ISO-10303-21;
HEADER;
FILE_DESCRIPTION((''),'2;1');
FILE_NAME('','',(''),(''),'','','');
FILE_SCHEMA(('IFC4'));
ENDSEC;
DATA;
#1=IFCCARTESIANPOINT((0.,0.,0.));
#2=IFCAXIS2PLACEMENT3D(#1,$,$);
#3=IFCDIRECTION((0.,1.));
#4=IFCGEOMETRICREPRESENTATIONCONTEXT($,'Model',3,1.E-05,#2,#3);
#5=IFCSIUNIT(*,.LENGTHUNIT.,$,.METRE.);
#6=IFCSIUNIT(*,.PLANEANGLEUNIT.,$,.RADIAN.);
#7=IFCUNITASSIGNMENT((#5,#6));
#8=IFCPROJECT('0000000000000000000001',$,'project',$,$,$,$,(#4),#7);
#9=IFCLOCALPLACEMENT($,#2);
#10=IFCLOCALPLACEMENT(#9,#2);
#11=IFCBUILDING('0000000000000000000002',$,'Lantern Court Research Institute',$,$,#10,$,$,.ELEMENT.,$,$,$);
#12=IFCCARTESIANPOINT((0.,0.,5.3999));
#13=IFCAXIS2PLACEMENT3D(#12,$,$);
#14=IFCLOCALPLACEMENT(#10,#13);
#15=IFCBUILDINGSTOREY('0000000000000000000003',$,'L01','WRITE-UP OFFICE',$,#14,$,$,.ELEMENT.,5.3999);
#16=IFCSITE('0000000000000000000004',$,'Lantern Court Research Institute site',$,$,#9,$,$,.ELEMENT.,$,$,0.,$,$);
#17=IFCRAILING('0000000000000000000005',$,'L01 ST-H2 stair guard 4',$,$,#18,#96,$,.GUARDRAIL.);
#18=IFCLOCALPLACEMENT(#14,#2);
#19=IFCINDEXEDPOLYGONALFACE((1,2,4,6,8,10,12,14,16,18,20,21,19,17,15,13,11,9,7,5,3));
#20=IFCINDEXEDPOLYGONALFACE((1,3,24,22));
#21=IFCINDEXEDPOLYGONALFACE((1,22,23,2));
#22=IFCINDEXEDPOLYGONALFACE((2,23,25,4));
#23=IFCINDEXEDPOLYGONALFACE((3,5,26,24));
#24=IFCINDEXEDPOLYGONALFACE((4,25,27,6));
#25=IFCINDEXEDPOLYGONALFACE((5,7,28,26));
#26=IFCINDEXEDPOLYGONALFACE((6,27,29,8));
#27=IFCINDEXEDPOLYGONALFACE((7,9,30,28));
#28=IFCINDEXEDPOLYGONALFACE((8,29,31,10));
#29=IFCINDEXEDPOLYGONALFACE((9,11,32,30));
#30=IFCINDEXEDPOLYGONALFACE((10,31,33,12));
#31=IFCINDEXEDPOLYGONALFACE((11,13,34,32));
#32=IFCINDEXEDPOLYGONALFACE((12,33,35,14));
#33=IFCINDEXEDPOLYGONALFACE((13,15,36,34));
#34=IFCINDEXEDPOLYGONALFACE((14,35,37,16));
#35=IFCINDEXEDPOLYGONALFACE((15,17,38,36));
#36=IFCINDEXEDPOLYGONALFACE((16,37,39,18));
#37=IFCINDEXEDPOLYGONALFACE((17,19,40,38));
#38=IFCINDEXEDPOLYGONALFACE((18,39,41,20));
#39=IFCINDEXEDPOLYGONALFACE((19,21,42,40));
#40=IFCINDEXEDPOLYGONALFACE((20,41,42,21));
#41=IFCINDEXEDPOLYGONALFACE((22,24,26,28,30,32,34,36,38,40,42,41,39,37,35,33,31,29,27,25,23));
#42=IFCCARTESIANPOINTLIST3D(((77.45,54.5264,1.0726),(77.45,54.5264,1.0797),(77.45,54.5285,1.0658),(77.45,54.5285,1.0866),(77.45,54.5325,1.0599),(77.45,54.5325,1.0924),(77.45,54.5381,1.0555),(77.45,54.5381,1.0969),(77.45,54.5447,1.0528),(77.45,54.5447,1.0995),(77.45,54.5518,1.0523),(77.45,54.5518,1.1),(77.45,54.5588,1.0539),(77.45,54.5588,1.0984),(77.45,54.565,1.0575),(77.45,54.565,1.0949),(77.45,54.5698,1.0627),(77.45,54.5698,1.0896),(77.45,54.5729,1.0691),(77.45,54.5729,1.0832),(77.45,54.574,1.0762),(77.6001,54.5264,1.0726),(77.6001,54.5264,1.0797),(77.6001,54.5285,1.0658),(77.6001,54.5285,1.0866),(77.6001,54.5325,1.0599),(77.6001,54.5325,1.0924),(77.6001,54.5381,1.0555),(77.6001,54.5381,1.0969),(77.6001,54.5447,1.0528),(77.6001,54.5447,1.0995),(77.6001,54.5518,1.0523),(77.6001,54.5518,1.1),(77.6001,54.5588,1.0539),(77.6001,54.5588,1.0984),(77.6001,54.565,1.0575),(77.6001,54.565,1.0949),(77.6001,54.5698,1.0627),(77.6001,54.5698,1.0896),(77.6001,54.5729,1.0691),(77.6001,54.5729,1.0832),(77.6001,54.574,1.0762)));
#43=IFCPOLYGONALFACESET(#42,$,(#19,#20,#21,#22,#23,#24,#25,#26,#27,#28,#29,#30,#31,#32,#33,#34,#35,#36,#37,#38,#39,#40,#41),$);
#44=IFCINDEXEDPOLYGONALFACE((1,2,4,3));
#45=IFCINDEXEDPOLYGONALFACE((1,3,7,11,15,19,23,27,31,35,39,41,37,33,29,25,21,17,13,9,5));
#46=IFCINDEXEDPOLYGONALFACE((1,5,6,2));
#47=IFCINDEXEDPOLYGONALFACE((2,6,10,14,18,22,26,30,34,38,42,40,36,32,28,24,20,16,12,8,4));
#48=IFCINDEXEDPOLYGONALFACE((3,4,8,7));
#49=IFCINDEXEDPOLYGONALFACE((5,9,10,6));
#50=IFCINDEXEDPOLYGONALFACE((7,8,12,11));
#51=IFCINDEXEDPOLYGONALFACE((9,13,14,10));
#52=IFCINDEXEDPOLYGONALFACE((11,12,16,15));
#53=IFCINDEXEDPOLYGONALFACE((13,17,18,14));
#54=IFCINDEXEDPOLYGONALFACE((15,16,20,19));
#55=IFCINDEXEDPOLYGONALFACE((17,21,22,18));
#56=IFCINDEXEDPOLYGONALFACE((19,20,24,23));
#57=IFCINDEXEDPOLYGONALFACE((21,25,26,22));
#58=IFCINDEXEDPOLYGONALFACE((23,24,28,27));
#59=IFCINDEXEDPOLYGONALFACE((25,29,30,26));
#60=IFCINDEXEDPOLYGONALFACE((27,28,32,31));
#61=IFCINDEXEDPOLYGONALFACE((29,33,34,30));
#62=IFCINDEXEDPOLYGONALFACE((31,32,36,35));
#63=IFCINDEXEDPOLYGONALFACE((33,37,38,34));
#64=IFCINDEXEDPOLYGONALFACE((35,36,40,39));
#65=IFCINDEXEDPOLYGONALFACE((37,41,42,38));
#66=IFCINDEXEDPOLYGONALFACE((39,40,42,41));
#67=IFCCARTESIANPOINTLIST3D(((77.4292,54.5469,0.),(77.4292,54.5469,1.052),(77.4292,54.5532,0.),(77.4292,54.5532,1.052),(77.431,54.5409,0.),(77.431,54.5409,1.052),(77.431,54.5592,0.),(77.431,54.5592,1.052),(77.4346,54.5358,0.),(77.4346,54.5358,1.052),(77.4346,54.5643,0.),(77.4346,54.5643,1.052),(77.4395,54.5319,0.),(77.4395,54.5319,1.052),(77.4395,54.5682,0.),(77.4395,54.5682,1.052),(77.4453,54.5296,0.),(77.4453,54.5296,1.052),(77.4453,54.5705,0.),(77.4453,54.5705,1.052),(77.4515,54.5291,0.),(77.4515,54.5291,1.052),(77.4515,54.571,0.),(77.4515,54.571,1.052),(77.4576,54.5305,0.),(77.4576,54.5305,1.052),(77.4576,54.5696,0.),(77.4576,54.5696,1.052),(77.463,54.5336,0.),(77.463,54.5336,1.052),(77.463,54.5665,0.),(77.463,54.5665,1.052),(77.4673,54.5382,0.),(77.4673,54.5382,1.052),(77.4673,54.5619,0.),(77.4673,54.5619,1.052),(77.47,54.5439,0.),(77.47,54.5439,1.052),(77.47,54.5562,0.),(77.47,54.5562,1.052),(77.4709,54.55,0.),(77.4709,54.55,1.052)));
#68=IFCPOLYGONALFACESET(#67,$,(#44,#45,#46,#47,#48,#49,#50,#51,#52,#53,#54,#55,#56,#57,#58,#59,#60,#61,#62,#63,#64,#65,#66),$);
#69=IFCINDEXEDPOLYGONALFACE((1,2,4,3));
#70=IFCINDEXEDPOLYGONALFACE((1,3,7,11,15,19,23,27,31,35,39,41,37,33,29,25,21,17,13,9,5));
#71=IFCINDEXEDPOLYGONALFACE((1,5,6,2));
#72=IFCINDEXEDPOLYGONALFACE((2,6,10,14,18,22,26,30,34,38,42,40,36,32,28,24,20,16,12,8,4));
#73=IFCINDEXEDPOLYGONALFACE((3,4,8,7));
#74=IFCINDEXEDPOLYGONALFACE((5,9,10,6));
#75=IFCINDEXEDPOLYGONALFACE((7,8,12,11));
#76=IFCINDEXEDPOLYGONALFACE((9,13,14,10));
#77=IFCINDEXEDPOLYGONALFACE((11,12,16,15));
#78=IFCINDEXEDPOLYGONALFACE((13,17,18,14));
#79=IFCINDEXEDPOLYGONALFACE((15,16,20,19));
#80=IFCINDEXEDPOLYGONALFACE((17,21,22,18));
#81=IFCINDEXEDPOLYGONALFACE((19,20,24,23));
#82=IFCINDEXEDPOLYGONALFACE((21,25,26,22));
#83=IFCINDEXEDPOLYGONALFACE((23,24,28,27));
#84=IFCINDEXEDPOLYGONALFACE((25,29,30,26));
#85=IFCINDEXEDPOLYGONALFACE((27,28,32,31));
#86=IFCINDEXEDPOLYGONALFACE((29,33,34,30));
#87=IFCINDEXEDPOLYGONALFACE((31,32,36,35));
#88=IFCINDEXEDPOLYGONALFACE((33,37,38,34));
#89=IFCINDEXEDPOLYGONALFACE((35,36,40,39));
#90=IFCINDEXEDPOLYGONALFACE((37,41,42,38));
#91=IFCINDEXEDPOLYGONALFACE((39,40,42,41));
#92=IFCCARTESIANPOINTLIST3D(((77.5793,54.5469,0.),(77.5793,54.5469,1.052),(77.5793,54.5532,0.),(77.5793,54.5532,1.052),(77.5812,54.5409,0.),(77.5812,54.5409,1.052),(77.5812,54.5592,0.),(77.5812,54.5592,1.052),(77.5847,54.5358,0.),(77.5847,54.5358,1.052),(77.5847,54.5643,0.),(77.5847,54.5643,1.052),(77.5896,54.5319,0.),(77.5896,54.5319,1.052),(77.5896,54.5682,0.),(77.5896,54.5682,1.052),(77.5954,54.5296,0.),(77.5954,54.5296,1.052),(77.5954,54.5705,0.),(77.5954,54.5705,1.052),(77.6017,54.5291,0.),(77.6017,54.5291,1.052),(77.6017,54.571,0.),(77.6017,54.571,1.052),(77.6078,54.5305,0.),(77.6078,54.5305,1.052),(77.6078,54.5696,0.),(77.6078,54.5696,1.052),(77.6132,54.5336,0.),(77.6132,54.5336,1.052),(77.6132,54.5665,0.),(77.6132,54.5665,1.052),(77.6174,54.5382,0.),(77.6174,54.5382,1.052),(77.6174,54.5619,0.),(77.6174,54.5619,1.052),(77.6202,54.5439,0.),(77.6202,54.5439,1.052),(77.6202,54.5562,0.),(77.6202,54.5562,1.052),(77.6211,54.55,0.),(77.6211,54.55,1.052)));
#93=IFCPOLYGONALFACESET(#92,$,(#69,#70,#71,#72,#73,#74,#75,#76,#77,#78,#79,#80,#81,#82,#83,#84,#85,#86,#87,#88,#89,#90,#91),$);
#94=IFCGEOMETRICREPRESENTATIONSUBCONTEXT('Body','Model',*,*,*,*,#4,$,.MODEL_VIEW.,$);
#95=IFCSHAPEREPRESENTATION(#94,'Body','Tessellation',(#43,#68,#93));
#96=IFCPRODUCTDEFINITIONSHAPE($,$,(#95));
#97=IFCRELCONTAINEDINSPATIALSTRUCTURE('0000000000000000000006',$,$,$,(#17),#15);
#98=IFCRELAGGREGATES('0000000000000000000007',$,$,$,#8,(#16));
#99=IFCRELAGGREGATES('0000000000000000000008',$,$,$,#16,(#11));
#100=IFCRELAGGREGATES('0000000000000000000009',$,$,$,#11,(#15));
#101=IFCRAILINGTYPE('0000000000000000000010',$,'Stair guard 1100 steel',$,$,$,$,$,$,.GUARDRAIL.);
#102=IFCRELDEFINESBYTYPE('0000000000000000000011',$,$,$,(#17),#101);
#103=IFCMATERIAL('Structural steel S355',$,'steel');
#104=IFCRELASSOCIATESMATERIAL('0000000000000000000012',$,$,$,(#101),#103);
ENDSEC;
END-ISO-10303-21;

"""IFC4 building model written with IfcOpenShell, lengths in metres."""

from ifc_helpers import new_model, si_unit, direction, frame, origin, origin_2d, place, context, subcontext, project, spatial, circle, extrude, material, type_object, element, save


model = new_model("IFC4")

# Units and contexts
model_context = context("Model", 3, precision=1e-05, world=origin(), true_north=direction((0.0, 1.0)))
body_context = subcontext(model_context, "Body", "Model", "MODEL_VIEW")
ifc_project = project(units=[si_unit("LENGTHUNIT", "METRE"), si_unit("PLANEANGLEUNIT", "RADIAN")], contexts=[model_context])

# Site, building, storey
site_placement = place(None, origin())
site = spatial("IfcSite", under=ifc_project, at=site_placement, Name="Lantern Court Research Institute site", CompositionType="ELEMENT", RefElevation=0.0)
building_placement = place(site_placement, origin())
building = spatial("IfcBuilding", under=site, at=building_placement, Name="Lantern Court Research Institute", CompositionType="ELEMENT")
storey_placement = place(building_placement, frame((0.0, 0.0, 5.3999)))
storey = spatial("IfcBuildingStorey", under=building, at=storey_placement, Name="L01", Description="WRITE-UP OFFICE", CompositionType="ELEMENT", Elevation=5.3999)

# Railing
ifc_material_1 = material(Name="Structural steel S355", Category="steel")
railing_type = type_object("IfcRailingType", Name="Stair guard 1100 steel", PredefinedType="GUARDRAIL", material=ifc_material_1)
railing_placement = place(storey_placement, frame((77.45, 54.55, 0.0)))
element("IfcRailing", 1, at=railing_placement, inside=storey, type_object=railing_type, Name="L01 ST-H2 stair guard 4", PredefinedType="GUARDRAIL", context=body_context, shape_type="SweptSolid", body=[
    extrude(circle(Radius=0.0239, at=origin_2d()), frame((0.0, 0.0, 1.0762), z_axis=(1.0, 0.0, 0.0), x_axis=(0.0, 1.0, 0.0)), (0.0, 0.0, 1.0), 0.1501),
    extrude(circle(Radius=0.021, at=origin_2d()), origin(), (0.0, 0.0, 1.0), 1.052),
    extrude(circle(Radius=0.021, at=origin_2d()), frame((0.1501, 0.0, 0.0)), (0.0, 0.0, 1.0), 1.052),
])

save(model, "model.ifc")
